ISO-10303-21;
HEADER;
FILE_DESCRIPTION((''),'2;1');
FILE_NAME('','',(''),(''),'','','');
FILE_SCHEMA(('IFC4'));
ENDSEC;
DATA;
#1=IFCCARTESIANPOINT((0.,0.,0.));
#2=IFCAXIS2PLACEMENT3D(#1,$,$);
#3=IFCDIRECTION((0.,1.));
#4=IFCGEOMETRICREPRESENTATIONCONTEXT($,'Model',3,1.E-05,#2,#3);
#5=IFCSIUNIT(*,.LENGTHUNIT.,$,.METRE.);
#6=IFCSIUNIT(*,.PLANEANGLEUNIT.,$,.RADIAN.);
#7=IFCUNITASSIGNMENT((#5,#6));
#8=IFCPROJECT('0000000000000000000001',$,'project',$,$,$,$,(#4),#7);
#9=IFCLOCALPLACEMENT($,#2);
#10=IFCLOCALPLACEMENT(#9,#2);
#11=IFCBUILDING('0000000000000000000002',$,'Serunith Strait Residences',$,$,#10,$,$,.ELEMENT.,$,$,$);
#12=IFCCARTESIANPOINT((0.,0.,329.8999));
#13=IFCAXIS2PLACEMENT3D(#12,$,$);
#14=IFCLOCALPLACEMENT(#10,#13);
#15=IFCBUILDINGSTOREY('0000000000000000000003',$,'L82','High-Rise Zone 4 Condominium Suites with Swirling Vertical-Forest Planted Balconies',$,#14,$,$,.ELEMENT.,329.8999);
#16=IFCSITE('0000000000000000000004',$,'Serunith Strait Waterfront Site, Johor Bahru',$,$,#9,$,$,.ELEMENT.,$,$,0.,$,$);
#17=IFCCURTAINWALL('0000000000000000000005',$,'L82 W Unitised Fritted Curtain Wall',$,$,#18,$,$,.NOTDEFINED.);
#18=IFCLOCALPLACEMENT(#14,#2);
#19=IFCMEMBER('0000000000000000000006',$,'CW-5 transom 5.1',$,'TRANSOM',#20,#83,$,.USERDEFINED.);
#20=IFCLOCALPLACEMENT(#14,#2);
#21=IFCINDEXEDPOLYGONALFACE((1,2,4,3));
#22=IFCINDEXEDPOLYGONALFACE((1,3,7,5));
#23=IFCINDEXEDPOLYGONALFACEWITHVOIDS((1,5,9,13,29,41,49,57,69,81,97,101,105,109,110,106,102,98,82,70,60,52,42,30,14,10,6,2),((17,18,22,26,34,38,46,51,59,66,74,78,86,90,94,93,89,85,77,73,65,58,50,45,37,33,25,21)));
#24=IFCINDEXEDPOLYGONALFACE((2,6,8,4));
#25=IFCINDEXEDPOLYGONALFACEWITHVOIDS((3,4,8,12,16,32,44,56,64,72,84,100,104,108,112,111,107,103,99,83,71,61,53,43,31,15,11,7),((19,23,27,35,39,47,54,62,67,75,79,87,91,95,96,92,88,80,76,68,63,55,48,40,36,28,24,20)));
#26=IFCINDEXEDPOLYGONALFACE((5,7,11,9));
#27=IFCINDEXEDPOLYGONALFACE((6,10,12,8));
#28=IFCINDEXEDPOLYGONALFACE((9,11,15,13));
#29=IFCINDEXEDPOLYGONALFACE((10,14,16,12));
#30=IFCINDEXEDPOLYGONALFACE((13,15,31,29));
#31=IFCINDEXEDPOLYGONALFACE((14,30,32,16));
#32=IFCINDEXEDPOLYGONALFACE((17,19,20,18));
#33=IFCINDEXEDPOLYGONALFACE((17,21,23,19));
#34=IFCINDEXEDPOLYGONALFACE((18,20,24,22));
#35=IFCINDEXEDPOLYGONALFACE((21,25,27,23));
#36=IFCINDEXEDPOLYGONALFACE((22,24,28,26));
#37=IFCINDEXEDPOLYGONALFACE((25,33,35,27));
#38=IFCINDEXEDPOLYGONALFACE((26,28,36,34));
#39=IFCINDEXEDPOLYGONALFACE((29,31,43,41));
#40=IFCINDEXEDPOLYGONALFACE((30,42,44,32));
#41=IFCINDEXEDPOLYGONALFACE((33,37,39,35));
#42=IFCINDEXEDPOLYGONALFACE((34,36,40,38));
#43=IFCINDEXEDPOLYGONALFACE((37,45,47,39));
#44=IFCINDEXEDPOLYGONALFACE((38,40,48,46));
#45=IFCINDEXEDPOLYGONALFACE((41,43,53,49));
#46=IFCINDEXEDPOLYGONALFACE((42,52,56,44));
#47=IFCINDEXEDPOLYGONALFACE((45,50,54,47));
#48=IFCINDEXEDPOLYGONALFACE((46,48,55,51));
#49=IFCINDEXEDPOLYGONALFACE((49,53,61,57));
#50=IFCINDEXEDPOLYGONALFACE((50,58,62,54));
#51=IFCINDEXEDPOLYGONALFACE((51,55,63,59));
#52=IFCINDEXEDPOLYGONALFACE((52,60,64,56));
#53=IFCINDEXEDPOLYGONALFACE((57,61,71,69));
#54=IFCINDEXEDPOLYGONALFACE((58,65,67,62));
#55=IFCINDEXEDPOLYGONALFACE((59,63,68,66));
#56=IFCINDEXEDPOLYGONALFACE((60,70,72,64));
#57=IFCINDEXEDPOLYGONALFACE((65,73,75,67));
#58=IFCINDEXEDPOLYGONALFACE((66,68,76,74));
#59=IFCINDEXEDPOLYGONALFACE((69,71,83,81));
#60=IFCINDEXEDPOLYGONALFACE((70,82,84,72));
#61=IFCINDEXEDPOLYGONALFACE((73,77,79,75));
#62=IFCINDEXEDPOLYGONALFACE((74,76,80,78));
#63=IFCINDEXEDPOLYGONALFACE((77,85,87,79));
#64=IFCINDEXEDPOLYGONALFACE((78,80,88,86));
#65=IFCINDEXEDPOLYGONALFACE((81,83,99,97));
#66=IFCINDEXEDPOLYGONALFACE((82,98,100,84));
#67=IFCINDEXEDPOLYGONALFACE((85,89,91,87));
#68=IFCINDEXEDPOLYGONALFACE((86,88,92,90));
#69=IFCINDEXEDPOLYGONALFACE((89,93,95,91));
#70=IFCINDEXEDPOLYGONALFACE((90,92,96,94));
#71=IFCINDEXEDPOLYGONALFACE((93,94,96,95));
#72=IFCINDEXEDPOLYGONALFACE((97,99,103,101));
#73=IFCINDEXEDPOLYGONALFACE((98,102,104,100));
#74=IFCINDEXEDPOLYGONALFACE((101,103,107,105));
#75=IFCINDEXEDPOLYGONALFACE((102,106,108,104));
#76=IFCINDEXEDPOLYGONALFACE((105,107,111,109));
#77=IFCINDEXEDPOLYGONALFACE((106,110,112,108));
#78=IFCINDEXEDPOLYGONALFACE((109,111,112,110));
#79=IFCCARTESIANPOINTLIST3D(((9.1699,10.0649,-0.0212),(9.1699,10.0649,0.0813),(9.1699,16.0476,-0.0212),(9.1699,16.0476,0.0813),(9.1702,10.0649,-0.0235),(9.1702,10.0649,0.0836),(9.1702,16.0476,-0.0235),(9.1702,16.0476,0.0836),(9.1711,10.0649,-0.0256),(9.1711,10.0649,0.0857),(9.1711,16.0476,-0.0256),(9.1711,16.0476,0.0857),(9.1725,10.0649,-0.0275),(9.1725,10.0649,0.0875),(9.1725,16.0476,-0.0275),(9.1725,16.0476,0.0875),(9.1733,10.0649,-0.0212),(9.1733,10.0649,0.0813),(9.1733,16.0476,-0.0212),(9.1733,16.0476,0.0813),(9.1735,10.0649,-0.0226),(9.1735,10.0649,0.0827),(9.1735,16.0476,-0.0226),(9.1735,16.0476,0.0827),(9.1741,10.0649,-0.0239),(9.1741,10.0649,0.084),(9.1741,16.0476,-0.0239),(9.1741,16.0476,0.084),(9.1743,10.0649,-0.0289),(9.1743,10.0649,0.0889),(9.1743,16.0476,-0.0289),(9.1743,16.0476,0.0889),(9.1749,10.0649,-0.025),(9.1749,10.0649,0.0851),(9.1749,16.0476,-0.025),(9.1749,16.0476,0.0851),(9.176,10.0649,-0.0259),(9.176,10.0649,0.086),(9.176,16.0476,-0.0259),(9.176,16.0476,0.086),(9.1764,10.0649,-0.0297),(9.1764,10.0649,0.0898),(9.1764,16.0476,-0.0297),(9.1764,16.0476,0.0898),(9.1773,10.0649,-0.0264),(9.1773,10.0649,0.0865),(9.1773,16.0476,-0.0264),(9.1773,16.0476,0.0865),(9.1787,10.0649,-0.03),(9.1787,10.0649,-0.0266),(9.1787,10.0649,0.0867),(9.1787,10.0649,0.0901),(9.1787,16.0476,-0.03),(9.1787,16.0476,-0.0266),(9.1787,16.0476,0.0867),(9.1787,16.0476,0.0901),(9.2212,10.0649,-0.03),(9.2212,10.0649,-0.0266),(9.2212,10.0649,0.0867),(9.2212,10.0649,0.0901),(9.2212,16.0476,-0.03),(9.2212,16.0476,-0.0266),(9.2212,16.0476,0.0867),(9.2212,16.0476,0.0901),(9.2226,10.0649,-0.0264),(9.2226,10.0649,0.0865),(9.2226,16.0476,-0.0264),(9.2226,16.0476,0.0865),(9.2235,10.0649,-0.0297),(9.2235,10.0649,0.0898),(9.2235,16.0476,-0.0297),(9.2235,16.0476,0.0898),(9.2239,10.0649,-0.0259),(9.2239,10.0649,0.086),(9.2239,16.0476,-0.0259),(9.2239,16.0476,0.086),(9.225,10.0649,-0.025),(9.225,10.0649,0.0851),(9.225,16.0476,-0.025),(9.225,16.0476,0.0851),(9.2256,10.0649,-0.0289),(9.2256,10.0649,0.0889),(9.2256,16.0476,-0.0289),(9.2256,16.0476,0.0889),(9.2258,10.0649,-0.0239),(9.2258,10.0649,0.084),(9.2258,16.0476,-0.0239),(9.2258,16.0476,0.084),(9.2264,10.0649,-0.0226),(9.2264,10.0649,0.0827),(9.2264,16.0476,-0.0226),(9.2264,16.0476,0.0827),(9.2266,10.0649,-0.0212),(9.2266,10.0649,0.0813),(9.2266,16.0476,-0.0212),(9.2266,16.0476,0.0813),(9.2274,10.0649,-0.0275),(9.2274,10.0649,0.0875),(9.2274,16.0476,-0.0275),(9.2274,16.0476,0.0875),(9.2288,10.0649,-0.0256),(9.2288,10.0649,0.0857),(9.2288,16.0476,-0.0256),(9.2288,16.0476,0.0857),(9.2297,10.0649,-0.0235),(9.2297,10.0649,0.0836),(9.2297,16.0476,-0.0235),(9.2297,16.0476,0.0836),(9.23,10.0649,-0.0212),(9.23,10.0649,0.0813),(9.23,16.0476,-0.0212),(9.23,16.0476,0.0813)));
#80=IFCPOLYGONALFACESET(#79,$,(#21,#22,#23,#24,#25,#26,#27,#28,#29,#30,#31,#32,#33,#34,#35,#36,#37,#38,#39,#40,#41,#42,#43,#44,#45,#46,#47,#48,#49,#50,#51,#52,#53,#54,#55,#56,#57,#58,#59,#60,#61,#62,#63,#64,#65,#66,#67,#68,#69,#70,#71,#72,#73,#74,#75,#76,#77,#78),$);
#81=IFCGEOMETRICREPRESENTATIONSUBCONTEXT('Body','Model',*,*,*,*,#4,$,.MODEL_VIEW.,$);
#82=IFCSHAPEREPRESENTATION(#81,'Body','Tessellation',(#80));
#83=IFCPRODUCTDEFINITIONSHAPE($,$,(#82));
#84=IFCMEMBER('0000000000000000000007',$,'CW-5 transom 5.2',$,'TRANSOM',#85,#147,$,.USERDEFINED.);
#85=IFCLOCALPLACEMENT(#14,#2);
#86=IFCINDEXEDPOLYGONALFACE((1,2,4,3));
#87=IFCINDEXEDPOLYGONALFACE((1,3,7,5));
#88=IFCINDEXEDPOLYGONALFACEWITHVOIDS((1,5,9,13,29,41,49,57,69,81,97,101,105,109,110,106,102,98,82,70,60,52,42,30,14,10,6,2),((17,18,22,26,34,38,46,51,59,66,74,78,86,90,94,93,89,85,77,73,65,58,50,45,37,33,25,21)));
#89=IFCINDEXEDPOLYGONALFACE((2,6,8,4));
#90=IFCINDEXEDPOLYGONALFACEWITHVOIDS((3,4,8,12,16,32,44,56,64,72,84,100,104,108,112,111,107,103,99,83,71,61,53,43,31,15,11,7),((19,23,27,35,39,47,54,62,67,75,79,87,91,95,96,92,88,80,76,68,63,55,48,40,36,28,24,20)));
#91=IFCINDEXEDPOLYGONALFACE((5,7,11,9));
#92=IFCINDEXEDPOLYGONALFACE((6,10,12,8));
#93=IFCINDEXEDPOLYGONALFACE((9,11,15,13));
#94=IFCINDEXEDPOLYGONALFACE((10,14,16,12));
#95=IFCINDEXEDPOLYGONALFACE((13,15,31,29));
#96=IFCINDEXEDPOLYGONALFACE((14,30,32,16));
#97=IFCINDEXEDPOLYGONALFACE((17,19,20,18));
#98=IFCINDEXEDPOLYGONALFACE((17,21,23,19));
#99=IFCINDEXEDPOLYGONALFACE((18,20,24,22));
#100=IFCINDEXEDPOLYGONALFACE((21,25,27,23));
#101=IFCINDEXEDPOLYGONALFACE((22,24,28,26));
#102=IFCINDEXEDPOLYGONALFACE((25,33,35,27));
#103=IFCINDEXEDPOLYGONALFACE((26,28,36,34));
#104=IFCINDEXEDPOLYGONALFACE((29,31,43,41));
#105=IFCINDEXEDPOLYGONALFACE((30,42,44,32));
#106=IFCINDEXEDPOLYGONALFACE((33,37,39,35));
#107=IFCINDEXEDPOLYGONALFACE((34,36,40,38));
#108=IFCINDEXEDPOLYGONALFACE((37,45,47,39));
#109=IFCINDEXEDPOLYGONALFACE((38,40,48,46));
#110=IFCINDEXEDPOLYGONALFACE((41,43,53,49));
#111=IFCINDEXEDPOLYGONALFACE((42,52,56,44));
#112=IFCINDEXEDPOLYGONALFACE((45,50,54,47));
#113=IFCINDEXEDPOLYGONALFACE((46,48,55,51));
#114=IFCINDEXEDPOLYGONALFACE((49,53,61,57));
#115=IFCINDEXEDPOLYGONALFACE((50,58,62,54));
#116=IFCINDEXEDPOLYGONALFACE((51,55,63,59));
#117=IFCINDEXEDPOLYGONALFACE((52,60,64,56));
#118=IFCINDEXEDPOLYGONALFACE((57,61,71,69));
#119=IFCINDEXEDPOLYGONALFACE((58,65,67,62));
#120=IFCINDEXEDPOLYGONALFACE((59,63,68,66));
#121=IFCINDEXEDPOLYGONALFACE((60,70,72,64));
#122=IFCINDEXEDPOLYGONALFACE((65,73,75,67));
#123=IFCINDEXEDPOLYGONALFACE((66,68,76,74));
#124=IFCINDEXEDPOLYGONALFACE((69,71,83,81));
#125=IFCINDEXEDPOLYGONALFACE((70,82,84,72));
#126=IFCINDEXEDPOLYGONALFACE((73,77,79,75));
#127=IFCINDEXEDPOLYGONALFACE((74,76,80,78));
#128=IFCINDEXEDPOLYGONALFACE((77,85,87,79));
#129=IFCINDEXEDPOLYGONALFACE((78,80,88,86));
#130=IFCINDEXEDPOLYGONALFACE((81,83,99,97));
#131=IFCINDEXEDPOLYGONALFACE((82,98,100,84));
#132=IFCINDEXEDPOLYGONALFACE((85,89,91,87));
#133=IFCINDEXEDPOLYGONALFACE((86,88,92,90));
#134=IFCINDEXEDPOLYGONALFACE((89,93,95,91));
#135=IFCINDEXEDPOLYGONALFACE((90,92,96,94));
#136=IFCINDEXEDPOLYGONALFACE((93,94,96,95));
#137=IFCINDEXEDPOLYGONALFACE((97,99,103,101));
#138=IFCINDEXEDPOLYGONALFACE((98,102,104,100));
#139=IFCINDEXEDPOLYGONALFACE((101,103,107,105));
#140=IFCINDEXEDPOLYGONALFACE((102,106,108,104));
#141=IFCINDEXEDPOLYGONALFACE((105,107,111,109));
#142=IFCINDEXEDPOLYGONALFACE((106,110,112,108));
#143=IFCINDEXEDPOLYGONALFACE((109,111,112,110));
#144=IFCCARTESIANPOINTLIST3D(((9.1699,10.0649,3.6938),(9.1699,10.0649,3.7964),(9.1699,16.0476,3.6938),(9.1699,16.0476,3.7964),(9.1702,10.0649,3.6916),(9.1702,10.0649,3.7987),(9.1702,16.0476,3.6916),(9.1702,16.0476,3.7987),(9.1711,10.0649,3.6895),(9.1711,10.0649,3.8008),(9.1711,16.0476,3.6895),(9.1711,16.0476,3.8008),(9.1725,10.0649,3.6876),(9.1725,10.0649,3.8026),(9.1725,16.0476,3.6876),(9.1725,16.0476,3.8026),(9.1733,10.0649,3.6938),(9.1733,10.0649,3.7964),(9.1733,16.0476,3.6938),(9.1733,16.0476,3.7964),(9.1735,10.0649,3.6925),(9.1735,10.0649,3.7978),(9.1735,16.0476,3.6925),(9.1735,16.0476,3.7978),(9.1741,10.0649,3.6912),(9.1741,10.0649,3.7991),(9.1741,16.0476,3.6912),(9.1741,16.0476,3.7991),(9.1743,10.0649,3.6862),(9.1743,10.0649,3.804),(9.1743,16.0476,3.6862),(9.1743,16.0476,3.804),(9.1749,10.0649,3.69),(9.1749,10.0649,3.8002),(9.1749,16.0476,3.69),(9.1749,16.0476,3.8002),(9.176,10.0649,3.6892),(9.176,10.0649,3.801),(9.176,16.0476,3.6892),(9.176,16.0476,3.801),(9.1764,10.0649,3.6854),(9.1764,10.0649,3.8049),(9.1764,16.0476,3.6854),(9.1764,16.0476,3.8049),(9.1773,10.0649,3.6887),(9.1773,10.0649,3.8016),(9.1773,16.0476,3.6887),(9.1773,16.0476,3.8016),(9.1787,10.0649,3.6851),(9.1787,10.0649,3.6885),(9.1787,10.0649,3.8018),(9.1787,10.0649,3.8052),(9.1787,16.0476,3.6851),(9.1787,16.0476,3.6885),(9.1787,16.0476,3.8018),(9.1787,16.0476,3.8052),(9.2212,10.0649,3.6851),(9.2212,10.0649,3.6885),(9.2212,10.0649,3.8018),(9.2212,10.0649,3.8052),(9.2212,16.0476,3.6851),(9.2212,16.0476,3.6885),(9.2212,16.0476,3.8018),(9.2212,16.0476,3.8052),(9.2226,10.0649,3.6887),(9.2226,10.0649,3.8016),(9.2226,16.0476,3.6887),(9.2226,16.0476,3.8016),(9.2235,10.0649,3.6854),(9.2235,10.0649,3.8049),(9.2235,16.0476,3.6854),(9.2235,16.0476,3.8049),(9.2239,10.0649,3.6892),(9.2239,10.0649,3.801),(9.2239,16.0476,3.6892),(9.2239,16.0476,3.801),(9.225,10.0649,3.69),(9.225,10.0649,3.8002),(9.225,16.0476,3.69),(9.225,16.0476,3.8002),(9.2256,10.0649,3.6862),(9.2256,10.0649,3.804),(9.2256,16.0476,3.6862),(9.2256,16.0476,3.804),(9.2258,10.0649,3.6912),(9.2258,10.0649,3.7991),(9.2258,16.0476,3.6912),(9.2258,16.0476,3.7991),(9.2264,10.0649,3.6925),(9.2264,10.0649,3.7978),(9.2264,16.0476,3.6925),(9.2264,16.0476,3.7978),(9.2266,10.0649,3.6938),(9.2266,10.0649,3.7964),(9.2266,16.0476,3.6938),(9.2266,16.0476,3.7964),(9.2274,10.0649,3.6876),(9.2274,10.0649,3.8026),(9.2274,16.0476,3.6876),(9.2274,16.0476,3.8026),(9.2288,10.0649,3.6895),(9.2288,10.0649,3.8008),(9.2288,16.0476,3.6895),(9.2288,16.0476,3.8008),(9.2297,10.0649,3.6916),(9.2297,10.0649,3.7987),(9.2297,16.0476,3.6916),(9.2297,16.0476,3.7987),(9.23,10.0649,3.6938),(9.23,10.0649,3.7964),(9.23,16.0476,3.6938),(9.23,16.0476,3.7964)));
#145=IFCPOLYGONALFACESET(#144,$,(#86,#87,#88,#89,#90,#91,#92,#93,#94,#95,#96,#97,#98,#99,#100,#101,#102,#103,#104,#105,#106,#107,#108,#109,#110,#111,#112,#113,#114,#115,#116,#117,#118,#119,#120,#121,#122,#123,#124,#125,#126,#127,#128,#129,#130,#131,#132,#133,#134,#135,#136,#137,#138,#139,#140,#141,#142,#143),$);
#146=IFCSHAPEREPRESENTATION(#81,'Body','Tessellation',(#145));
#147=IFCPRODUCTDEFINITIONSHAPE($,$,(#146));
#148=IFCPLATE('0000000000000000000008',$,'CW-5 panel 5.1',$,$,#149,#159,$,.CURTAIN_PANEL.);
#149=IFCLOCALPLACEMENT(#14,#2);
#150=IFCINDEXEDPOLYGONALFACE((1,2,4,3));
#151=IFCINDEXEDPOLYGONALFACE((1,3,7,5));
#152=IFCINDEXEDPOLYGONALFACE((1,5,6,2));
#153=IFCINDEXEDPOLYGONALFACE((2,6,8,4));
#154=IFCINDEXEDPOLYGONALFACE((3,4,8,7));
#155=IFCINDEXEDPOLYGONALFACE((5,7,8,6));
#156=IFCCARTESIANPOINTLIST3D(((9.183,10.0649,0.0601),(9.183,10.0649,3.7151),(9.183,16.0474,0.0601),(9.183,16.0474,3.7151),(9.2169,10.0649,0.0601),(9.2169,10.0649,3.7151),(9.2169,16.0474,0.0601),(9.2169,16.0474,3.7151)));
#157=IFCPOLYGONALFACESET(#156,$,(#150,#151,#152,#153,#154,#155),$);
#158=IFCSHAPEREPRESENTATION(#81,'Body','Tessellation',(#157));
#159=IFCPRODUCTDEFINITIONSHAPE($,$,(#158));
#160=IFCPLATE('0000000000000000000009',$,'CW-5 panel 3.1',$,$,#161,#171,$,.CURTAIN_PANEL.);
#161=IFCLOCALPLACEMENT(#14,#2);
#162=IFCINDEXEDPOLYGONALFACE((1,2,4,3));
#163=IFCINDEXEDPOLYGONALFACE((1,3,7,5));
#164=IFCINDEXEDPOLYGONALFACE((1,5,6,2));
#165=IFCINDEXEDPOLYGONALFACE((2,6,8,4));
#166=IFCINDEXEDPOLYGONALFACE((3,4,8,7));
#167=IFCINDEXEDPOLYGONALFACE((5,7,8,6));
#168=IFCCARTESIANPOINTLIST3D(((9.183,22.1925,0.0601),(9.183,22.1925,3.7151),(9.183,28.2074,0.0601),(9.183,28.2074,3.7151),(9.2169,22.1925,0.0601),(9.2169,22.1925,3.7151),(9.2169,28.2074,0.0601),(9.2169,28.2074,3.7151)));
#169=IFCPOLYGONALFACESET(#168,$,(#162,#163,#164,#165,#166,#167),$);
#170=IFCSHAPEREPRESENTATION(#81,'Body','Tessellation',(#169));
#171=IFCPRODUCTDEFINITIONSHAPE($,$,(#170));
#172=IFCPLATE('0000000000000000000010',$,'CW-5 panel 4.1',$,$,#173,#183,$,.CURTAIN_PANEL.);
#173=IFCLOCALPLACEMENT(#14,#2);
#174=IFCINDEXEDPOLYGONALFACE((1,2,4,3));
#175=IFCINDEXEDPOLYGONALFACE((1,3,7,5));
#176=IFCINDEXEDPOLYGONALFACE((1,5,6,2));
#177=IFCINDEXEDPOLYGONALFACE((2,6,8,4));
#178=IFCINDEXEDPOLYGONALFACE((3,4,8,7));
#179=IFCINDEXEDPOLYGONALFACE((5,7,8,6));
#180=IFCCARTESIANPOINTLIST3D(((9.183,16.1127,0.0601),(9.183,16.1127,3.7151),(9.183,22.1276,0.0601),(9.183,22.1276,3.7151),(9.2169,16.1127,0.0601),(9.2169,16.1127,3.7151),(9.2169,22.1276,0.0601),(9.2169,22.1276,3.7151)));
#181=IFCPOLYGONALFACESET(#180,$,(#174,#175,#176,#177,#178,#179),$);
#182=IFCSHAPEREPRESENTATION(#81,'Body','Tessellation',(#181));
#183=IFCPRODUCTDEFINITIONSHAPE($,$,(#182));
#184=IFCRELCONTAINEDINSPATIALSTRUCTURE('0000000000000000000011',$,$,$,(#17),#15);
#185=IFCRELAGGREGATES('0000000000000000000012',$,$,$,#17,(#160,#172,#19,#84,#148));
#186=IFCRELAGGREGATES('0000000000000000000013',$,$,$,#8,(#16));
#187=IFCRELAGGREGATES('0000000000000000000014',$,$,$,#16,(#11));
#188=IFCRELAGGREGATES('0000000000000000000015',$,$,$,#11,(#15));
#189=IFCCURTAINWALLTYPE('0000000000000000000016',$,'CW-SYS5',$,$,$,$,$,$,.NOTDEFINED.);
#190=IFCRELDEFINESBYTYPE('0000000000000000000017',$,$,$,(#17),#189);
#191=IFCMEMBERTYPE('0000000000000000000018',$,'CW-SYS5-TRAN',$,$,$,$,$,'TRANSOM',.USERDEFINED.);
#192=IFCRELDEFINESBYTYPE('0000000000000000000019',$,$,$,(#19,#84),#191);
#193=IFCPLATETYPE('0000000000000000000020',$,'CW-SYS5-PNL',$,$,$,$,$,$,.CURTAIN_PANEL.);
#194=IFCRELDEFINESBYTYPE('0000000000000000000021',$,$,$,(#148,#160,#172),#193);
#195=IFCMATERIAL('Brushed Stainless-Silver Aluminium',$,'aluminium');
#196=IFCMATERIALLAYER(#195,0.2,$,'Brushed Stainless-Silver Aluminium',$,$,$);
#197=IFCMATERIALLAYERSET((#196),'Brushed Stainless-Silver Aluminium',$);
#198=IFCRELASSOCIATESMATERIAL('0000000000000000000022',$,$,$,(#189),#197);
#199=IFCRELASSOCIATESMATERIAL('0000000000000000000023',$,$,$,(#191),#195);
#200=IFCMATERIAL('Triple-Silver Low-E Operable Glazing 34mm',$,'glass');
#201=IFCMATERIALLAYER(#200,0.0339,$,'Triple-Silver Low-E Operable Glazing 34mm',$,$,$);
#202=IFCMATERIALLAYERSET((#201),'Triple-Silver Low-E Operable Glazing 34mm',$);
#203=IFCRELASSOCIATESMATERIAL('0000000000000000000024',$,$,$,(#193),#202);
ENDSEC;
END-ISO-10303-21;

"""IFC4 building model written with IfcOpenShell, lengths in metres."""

from ifc_helpers import new_model, si_unit, direction, frame, origin, origin_2d, place, context, subcontext, project, spatial, rectangle, hollow_rectangle, extrude, source, transform, mapped, material, layer, layer_set, material_profile, profile_set, type_object, element, aggregate, save


model = new_model("IFC4")

# Units and contexts
model_context = context("Model", 3, precision=1e-05, world=origin(), true_north=direction((0.0, 1.0)))
body_context = subcontext(model_context, "Body", "Model", "MODEL_VIEW")
ifc_project = project(units=[si_unit("LENGTHUNIT", "METRE"), si_unit("PLANEANGLEUNIT", "RADIAN")], contexts=[model_context])

# Site, building, storey
site_placement = place(None, origin())
site = spatial("IfcSite", under=ifc_project, at=site_placement, Name="Serunith Strait Waterfront Site, Johor Bahru", CompositionType="ELEMENT", RefElevation=0.0)
building_placement = place(site_placement, origin())
building = spatial("IfcBuilding", under=site, at=building_placement, Name="Serunith Strait Residences", CompositionType="ELEMENT")
storey_placement = place(building_placement, frame((0.0, 0.0, 329.8999)))
storey = spatial("IfcBuildingStorey", under=building, at=storey_placement, Name="L82", Description="High-Rise Zone 4 Condominium Suites with Swirling Vertical-Forest Planted Balconies", CompositionType="ELEMENT", Elevation=329.8999)

# Curtain wall, members, plates
ifc_material_1 = material(Name="Brushed Stainless-Silver Aluminium", Category="aluminium")
ifc_layer_1 = layer(ifc_material_1, 0.2, Name="Brushed Stainless-Silver Aluminium")
ifc_layer_set_1 = layer_set([ifc_layer_1], Name="Brushed Stainless-Silver Aluminium")
curtain_wall_type = type_object("IfcCurtainWallType", Name="CW-SYS5", PredefinedType="NOTDEFINED", material=ifc_layer_set_1)
curtain_wall_placement = place(storey_placement, origin())
curtain_wall = element("IfcCurtainWall", 1, at=curtain_wall_placement, inside=storey, type_object=curtain_wall_type, Name="L82 W Unitised Fritted Curtain Wall", PredefinedType="NOTDEFINED")
ifc_material_profile_1 = material_profile(ifc_material_1, hollow_rectangle(XDim=0.0601, YDim=0.1201, WallThickness=0.0034, InnerFilletRadius=0.0054, OuterFilletRadius=0.0088, at=origin_2d()), Name="ALU 120x60x3.5")
ifc_profile_set_1 = profile_set([ifc_material_profile_1], Name="Brushed Stainless-Silver Aluminium")
member_type_1 = type_object("IfcMemberType", Name="CW-SYS5-TRAN", ElementType="TRANSOM", PredefinedType="USERDEFINED", material=ifc_profile_set_1)
shared_shape_1 = source(origin(), body_context, "Body", "SweptSolid", [
    extrude(hollow_rectangle(XDim=0.0601, YDim=0.1201, WallThickness=0.0034, InnerFilletRadius=0.0054, OuterFilletRadius=0.0088, at=origin_2d()), origin(), (0.0, 0.0, 1.0), 5.9827),
])
member_1_placement = place(storey_placement, frame((9.2, 16.0476, 0.03), z_axis=(0.0, -1.0, 0.0), x_axis=(1.0, 0.0, 0.0)))
member_1 = element("IfcMember", 2, at=member_1_placement, type_object=member_type_1, Name="CW-5 transom 5.1", ObjectType="TRANSOM", PredefinedType="USERDEFINED", context=body_context, shape_type="MappedRepresentation", body=[
    mapped(shared_shape_1, transform((0.0, 0.0, 0.0), scale=1.0)),
])
member_2_placement = place(storey_placement, frame((9.2, 16.0476, 3.7451), z_axis=(0.0, -1.0, 0.0), x_axis=(1.0, 0.0, 0.0)))
member_2 = element("IfcMember", 3, at=member_2_placement, type_object=member_type_1, Name="CW-5 transom 5.2", ObjectType="TRANSOM", PredefinedType="USERDEFINED", context=body_context, shape_type="MappedRepresentation", body=[
    mapped(shared_shape_1, transform((0.0, 0.0, 0.0), scale=1.0)),
])
ifc_material_2 = material(Name="Triple-Silver Low-E Operable Glazing 34mm", Category="glass")
ifc_layer_2 = layer(ifc_material_2, 0.0339, Name="Triple-Silver Low-E Operable Glazing 34mm")
ifc_layer_set_2 = layer_set([ifc_layer_2], Name="Triple-Silver Low-E Operable Glazing 34mm")
plate_type = type_object("IfcPlateType", Name="CW-SYS5-PNL", PredefinedType="CURTAIN_PANEL", material=ifc_layer_set_2)
shared_shape_2 = source(origin(), body_context, "Body", "SweptSolid", [
    extrude(rectangle(XDim=5.9824, YDim=0.0339, at=origin_2d()), origin(), (0.0, 0.0, 1.0), 3.655),
])
plate_1_placement = place(storey_placement, frame((9.2, 13.0562, 0.0601), z_axis=(0.0, 0.0, 1.0), x_axis=(0.0, -1.0, 0.0)))
plate_1 = element("IfcPlate", 4, at=plate_1_placement, type_object=plate_type, Name="CW-5 panel 5.1", PredefinedType="CURTAIN_PANEL", context=body_context, shape_type="MappedRepresentation", body=[
    mapped(shared_shape_2, transform((0.0, 0.0, 0.0), scale=1.0)),
])
shared_shape_3 = source(origin(), body_context, "Body", "SweptSolid", [
    extrude(rectangle(XDim=6.0149, YDim=0.0339, at=origin_2d()), origin(), (0.0, 0.0, 1.0), 3.655),
])
plate_2_placement = place(storey_placement, frame((9.2, 25.2, 0.0601), z_axis=(0.0, 0.0, 1.0), x_axis=(0.0, -1.0, 0.0)))
plate_2 = element("IfcPlate", 5, at=plate_2_placement, type_object=plate_type, Name="CW-5 panel 3.1", PredefinedType="CURTAIN_PANEL", context=body_context, shape_type="MappedRepresentation", body=[
    mapped(shared_shape_3, transform((0.0, 0.0, 0.0), scale=1.0)),
])
plate_3_placement = place(storey_placement, frame((9.2, 19.1201, 0.0601), z_axis=(0.0, 0.0, 1.0), x_axis=(0.0, -1.0, 0.0)))
plate_3 = element("IfcPlate", 6, at=plate_3_placement, type_object=plate_type, Name="CW-5 panel 4.1", PredefinedType="CURTAIN_PANEL", context=body_context, shape_type="MappedRepresentation", body=[
    mapped(shared_shape_3, transform((0.0, 0.0, 0.0), scale=1.0)),
])
aggregate(curtain_wall, [plate_2, plate_3, member_1, member_2, plate_1])

save(model, "model.ifc")
